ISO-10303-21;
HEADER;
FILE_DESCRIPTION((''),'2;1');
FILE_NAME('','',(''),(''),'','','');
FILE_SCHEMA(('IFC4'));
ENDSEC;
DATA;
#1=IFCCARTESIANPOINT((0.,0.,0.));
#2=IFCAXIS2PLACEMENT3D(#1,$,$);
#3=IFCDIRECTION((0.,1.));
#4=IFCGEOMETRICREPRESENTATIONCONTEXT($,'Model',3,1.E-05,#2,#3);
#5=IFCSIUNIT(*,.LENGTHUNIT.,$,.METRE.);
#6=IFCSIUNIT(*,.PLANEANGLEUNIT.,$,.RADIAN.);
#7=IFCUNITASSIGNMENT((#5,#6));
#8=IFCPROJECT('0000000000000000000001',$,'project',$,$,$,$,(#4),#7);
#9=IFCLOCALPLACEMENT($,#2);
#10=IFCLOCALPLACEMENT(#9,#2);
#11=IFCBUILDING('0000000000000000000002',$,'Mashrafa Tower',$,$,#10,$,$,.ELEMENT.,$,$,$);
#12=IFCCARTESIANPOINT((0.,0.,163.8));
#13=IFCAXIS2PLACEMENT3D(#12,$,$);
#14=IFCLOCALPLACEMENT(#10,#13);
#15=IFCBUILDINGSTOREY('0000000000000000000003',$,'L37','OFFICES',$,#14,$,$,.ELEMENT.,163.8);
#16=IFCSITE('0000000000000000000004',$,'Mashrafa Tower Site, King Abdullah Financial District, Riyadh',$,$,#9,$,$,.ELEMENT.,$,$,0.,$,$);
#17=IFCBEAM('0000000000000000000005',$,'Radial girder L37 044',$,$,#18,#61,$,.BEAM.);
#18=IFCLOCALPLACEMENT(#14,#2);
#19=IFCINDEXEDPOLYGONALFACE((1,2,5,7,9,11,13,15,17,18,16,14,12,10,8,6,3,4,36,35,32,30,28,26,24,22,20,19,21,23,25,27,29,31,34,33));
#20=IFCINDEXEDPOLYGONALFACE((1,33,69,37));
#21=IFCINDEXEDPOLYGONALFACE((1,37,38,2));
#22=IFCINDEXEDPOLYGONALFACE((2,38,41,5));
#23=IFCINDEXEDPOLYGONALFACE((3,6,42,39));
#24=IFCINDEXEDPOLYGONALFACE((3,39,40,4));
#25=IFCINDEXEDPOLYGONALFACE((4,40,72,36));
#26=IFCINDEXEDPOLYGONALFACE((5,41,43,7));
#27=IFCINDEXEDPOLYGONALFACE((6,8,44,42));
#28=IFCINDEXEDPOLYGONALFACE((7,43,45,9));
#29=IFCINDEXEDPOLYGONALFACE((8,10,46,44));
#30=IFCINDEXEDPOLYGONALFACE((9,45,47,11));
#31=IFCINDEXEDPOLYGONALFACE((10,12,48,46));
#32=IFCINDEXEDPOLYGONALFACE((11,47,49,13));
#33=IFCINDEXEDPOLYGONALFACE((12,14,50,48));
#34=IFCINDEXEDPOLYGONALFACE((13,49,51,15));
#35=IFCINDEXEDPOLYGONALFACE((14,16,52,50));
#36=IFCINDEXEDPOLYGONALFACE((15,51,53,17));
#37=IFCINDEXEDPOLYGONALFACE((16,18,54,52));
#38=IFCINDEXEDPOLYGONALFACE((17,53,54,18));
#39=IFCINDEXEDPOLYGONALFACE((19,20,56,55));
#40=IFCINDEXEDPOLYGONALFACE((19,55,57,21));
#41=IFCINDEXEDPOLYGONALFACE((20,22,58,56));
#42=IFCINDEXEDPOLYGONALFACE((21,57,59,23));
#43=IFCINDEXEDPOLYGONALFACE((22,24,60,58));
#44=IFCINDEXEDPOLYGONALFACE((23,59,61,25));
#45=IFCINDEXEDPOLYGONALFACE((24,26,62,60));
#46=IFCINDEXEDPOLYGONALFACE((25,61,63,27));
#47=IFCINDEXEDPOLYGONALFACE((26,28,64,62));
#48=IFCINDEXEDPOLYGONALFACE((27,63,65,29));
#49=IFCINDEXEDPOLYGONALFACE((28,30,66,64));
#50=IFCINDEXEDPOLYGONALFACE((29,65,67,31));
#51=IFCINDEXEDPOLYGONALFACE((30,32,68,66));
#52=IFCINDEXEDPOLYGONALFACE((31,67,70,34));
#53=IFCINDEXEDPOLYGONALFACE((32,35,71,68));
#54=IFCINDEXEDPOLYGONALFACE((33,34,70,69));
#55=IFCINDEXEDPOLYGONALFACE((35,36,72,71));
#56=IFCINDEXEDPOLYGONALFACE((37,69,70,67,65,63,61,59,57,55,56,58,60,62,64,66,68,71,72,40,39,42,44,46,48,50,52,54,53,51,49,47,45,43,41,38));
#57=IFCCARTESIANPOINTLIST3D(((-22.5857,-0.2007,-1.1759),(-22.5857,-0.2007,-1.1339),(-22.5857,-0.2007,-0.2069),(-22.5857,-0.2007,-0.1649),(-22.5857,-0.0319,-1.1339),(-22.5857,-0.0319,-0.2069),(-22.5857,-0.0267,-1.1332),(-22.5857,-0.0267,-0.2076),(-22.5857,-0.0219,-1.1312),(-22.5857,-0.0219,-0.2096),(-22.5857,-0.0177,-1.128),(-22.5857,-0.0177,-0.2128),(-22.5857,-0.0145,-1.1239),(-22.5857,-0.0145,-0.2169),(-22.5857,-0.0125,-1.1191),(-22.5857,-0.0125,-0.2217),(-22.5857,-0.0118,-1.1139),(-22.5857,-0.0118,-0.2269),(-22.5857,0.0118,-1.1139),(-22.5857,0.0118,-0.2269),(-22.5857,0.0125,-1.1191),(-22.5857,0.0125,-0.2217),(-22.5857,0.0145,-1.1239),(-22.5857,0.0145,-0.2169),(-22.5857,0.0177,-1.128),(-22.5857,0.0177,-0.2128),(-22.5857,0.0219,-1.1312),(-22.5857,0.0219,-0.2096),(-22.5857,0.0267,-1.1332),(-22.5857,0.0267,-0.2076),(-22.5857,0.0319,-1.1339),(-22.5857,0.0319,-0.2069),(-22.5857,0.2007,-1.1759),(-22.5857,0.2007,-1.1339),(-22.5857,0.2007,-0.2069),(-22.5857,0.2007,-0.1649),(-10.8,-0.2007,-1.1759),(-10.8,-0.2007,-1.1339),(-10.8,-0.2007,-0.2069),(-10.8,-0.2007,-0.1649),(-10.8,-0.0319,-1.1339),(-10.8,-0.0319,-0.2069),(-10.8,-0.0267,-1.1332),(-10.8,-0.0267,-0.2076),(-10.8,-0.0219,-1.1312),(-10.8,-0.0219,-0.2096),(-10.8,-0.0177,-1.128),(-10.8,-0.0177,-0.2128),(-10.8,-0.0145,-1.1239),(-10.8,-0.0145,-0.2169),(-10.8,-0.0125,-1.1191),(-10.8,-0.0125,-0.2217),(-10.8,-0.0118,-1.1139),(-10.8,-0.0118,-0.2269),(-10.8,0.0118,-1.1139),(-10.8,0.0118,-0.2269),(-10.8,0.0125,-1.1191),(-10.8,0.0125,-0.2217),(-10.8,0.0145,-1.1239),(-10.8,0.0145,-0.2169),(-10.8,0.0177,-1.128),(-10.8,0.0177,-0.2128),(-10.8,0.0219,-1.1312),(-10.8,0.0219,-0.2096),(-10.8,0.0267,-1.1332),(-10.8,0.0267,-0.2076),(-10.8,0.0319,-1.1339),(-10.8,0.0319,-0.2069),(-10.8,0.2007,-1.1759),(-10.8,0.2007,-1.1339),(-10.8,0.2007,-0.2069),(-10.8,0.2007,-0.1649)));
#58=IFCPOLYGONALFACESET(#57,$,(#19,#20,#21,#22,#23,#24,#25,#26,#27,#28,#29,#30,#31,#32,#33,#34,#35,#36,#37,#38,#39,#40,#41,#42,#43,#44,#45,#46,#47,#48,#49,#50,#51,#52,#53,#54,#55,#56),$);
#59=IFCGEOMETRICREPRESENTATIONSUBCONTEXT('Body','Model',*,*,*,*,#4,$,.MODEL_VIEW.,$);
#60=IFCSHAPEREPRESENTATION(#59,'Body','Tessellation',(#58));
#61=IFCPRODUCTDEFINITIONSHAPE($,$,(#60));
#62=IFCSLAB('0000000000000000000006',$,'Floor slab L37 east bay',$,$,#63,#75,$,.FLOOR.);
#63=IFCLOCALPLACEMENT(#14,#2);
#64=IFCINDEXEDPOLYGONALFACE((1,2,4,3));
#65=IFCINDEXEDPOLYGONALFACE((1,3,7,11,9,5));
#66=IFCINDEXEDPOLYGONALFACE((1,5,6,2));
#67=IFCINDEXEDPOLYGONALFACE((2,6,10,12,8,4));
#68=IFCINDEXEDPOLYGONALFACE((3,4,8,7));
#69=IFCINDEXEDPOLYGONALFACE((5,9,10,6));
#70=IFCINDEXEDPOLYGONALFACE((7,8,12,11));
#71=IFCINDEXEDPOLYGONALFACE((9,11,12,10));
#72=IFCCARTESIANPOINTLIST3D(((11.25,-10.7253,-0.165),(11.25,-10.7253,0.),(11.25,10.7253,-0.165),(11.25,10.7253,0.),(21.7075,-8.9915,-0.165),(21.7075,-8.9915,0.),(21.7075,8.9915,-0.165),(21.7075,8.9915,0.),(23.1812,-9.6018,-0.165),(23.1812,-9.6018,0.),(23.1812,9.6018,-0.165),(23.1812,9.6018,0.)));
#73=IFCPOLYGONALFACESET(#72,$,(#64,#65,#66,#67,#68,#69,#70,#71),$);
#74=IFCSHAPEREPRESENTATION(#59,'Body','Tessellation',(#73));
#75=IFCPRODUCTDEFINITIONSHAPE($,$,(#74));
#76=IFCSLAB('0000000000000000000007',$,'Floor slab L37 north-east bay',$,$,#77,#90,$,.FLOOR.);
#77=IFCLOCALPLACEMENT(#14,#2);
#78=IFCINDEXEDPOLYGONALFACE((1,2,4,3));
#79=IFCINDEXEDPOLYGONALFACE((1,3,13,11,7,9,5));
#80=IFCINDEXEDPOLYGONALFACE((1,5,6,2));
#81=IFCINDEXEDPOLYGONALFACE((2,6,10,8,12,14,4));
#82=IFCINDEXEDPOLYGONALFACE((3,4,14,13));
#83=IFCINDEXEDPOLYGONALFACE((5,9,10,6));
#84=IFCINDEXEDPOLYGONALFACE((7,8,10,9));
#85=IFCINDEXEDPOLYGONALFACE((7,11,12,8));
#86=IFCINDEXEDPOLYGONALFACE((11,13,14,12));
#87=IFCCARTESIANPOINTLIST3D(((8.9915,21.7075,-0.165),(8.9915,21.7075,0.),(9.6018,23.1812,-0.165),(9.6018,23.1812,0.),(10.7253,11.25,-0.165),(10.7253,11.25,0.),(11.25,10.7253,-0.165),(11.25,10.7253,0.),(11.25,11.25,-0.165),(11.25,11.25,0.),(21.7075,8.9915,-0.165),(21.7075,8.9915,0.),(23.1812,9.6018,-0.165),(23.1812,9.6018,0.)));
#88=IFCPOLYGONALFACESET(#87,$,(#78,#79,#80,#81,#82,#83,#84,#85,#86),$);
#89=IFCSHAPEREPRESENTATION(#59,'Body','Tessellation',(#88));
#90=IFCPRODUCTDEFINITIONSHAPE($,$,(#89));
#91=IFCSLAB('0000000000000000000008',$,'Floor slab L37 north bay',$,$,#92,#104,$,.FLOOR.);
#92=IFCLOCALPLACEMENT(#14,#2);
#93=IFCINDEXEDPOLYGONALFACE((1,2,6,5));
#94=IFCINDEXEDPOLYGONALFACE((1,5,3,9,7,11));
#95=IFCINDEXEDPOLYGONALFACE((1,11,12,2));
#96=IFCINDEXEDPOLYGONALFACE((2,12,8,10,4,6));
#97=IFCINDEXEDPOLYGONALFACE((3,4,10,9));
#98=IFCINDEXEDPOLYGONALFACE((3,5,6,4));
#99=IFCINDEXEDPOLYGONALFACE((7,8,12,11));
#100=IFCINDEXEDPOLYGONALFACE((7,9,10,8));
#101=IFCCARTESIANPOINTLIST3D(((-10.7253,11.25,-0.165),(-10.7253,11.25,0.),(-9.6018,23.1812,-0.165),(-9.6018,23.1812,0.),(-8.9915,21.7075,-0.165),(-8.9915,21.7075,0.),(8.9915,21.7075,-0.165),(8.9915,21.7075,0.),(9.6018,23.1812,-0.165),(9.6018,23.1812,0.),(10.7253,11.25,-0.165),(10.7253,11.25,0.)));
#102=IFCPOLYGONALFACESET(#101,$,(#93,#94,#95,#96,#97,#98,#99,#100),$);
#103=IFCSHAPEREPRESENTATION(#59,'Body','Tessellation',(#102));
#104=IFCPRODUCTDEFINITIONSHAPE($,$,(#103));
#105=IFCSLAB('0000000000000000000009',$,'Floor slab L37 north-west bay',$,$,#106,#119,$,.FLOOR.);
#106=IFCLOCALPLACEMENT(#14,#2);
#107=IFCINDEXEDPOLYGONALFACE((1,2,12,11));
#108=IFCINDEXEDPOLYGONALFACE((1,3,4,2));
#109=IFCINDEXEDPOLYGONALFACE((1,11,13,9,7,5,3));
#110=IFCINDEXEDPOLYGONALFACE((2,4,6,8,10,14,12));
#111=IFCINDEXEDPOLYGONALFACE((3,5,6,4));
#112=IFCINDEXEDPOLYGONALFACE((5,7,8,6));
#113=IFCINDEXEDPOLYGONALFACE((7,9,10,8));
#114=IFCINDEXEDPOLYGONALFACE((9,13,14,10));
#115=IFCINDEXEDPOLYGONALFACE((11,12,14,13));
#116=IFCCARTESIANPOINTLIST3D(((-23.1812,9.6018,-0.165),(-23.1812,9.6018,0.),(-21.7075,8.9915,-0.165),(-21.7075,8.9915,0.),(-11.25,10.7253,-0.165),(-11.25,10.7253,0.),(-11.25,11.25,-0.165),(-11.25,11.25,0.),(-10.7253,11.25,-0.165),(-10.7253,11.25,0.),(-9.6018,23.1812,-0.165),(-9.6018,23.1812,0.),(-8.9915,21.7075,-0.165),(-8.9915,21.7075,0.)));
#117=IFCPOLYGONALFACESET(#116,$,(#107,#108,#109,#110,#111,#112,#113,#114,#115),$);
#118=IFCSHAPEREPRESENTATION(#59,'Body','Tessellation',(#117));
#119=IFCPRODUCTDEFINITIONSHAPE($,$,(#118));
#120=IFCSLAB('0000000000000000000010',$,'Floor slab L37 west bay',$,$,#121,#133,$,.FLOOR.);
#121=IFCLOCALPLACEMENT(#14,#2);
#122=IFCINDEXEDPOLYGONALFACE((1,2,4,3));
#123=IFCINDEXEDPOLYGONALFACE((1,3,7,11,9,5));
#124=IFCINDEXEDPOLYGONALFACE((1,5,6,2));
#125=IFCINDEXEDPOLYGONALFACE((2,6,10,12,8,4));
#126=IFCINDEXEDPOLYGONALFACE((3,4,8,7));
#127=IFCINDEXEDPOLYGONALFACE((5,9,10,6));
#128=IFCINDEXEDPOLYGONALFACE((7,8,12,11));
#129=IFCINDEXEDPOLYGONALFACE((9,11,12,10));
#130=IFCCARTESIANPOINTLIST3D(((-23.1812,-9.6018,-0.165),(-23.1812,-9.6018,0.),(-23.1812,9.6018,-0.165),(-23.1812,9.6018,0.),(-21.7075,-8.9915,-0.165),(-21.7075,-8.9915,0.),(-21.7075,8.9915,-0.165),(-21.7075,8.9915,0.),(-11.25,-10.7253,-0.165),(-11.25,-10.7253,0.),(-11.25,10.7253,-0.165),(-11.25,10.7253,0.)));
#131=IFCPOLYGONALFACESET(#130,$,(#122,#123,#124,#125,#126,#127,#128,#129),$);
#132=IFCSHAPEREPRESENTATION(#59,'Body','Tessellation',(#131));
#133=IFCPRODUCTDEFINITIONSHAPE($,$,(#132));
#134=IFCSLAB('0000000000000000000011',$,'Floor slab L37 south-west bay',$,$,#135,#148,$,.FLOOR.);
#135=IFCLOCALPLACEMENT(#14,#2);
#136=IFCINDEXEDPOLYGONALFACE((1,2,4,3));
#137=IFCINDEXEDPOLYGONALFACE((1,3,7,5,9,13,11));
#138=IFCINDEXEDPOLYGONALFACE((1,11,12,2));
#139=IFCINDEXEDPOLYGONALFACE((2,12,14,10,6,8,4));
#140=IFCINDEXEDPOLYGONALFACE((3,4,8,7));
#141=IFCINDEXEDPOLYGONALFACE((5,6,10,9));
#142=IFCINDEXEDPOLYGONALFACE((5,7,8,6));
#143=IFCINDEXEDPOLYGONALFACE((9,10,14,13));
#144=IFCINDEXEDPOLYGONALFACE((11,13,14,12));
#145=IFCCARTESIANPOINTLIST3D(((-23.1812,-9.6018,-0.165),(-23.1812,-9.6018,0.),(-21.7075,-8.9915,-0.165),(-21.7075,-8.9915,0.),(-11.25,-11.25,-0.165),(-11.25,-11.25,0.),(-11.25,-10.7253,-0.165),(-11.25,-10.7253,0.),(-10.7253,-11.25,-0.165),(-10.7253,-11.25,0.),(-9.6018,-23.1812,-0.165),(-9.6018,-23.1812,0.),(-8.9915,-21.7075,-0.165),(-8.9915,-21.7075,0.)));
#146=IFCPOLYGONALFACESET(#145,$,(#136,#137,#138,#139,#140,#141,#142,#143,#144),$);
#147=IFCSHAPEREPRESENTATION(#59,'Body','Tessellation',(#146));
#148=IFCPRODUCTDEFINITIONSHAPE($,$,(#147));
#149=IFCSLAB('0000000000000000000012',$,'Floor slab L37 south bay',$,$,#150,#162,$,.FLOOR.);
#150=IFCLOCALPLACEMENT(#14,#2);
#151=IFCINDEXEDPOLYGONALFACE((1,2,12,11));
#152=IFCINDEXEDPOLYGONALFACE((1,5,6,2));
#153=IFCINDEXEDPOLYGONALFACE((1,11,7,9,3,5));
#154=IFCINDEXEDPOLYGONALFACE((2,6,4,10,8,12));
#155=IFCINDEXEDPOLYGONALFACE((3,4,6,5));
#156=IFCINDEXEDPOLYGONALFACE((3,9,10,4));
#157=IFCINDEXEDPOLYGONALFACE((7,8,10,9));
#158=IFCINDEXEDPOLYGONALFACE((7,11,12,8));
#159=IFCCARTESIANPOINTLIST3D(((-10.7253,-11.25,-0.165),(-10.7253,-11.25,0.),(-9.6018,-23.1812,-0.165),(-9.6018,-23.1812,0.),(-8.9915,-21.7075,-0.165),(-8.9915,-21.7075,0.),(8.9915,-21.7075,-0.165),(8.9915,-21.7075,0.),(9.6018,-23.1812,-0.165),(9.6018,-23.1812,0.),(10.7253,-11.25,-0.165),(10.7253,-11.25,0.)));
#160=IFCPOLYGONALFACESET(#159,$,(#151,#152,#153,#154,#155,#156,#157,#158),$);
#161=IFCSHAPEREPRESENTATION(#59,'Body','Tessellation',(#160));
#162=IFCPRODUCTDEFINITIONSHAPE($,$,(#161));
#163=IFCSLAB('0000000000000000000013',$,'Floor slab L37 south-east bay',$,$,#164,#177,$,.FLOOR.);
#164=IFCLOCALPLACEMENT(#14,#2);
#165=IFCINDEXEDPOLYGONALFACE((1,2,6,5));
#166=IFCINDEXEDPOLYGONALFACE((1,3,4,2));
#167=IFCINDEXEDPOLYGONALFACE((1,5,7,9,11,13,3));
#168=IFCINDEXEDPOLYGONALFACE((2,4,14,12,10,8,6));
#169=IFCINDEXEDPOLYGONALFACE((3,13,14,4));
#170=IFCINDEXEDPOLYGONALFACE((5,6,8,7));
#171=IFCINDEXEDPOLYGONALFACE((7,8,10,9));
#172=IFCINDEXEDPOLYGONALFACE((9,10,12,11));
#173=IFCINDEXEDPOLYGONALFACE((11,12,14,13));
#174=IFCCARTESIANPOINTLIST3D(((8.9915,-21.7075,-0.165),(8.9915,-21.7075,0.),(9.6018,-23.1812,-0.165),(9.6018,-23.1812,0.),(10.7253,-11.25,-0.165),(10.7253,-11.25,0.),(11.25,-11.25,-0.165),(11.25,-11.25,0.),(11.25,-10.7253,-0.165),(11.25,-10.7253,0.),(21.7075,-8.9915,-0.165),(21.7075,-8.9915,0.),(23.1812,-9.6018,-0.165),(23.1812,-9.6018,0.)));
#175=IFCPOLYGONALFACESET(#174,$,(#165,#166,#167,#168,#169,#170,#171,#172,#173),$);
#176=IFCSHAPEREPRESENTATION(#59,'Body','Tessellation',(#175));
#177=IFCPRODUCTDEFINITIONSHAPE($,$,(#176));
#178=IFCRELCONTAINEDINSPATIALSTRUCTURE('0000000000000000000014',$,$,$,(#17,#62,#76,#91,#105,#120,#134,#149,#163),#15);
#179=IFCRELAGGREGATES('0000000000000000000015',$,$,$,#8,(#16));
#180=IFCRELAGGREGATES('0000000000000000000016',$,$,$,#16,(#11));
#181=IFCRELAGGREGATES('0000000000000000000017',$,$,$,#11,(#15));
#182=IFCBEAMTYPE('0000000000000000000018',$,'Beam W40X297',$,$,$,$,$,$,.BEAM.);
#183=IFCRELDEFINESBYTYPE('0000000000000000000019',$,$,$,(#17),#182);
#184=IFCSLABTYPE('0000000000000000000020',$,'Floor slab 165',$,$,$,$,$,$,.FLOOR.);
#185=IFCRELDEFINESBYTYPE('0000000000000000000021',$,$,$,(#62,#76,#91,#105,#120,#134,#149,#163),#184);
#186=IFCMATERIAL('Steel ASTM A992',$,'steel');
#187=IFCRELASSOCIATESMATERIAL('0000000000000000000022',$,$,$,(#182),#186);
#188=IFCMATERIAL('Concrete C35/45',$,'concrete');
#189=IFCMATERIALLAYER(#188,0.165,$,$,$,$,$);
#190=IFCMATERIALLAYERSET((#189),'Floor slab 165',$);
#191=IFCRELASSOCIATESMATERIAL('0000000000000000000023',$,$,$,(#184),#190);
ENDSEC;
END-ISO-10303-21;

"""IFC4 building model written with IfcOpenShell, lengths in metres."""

from ifc_helpers import new_model, si_unit, direction, frame, origin, origin_2d, place, context, subcontext, project, spatial, polyline, i_section, outline, extrude, material, layer, layer_set, material_profile, profile_set, type_object, element, save


model = new_model("IFC4")

# Units and contexts
model_context = context("Model", 3, precision=1e-05, world=origin(), true_north=direction((0.0, 1.0)))
body_context = subcontext(model_context, "Body", "Model", "MODEL_VIEW")
ifc_project = project(units=[si_unit("LENGTHUNIT", "METRE"), si_unit("PLANEANGLEUNIT", "RADIAN")], contexts=[model_context])

# Site, building, storey
site_placement = place(None, origin())
site = spatial("IfcSite", under=ifc_project, at=site_placement, Name="Mashrafa Tower Site, King Abdullah Financial District, Riyadh", CompositionType="ELEMENT", RefElevation=0.0)
building_placement = place(site_placement, origin())
building = spatial("IfcBuilding", under=site, at=building_placement, Name="Mashrafa Tower", CompositionType="ELEMENT")
storey_placement = place(building_placement, frame((0.0, 0.0, 163.8)))
storey = spatial("IfcBuildingStorey", under=building, at=storey_placement, Name="L37", Description="OFFICES", CompositionType="ELEMENT", Elevation=163.8)

# Beam
ifc_material_1 = material(Name="Steel ASTM A992", Category="steel")
ifc_material_profile = material_profile(ifc_material_1, i_section(OverallWidth=0.4014, OverallDepth=1.011, WebThickness=0.0237, FlangeThickness=0.042, FilletRadius=0.02, at=origin_2d()), Name="W40X297")
ifc_profile_set = profile_set([ifc_material_profile], Name="Steel ASTM A992")
beam_type = type_object("IfcBeamType", Name="Beam W40X297", PredefinedType="BEAM", material=ifc_profile_set)
beam_placement = place(storey_placement, frame((-10.8, 0.0, -0.6704), z_axis=(-1.0, 0.0, 0.0), x_axis=(0.0, -1.0, 0.0)))
element("IfcBeam", 1, at=beam_placement, inside=storey, type_object=beam_type, Name="Radial girder L37 044", PredefinedType="BEAM", context=body_context, shape_type="SweptSolid", body=[
    extrude(i_section(OverallWidth=0.4014, OverallDepth=1.011, WebThickness=0.0237, FlangeThickness=0.042, FilletRadius=0.02, at=origin_2d()), origin(), (0.0, 0.0, 1.0), 11.7856),
])

# Slabs
ifc_material_2 = material(Name="Concrete C35/45", Category="concrete")
ifc_layer_1 = layer(ifc_material_2, 0.165)
ifc_layer_set_1 = layer_set([ifc_layer_1], Name="Floor slab 165")
slab_type = type_object("IfcSlabType", Name="Floor slab 165", PredefinedType="FLOOR", material=ifc_layer_set_1)
slab_1_placement = place(storey_placement, frame((0.0, 0.0, -0.165)))
element("IfcSlab", 2, at=slab_1_placement, inside=storey, type_object=slab_type, Name="Floor slab L37 east bay", PredefinedType="FLOOR", context=body_context, shape_type="SweptSolid", body=[
    extrude(outline(polyline([(23.1812, -9.6018), (21.7075, -8.9915), (11.25, -10.7253), (11.25, 10.7253), (21.7075, 8.9915), (23.1812, 9.6018), (23.1812, -9.6018)])), origin(), (0.0, 0.0, 1.0), 0.165),
])
slab_2_placement = place(storey_placement, frame((0.0, 0.0, -0.165)))
element("IfcSlab", 3, at=slab_2_placement, inside=storey, type_object=slab_type, Name="Floor slab L37 north-east bay", PredefinedType="FLOOR", context=body_context, shape_type="SweptSolid", body=[
    extrude(outline(polyline([(9.6018, 23.1812), (23.1812, 9.6018), (23.1812, 9.6018), (21.7075, 8.9915), (11.25, 10.7253), (11.25, 11.25), (10.7253, 11.25), (8.9915, 21.7075), (9.6018, 23.1812), (9.6018, 23.1812)])), origin(), (0.0, 0.0, 1.0), 0.165),
])
slab_3_placement = place(storey_placement, frame((0.0, 0.0, -0.165)))
element("IfcSlab", 4, at=slab_3_placement, inside=storey, type_object=slab_type, Name="Floor slab L37 north bay", PredefinedType="FLOOR", context=body_context, shape_type="SweptSolid", body=[
    extrude(outline(polyline([(9.6018, 23.1812), (8.9915, 21.7075), (10.7253, 11.25), (-10.7253, 11.25), (-8.9915, 21.7075), (-9.6018, 23.1812), (9.6018, 23.1812)])), origin(), (0.0, 0.0, 1.0), 0.165),
])
slab_4_placement = place(storey_placement, frame((0.0, 0.0, -0.165)))
element("IfcSlab", 5, at=slab_4_placement, inside=storey, type_object=slab_type, Name="Floor slab L37 north-west bay", PredefinedType="FLOOR", context=body_context, shape_type="SweptSolid", body=[
    extrude(outline(polyline([(-23.1812, 9.6018), (-9.6018, 23.1812), (-9.6018, 23.1812), (-8.9915, 21.7075), (-10.7253, 11.25), (-11.25, 11.25), (-11.25, 10.7253), (-21.7075, 8.9915), (-23.1812, 9.6018), (-23.1812, 9.6018)])), origin(), (0.0, 0.0, 1.0), 0.165),
])
slab_5_placement = place(storey_placement, frame((0.0, 0.0, -0.165)))
element("IfcSlab", 6, at=slab_5_placement, inside=storey, type_object=slab_type, Name="Floor slab L37 west bay", PredefinedType="FLOOR", context=body_context, shape_type="SweptSolid", body=[
    extrude(outline(polyline([(-23.1812, 9.6018), (-21.7075, 8.9915), (-11.25, 10.7253), (-11.25, -10.7253), (-21.7075, -8.9915), (-23.1812, -9.6018), (-23.1812, 9.6018)])), origin(), (0.0, 0.0, 1.0), 0.165),
])
slab_6_placement = place(storey_placement, frame((0.0, 0.0, -0.165)))
element("IfcSlab", 7, at=slab_6_placement, inside=storey, type_object=slab_type, Name="Floor slab L37 south-west bay", PredefinedType="FLOOR", context=body_context, shape_type="SweptSolid", body=[
    extrude(outline(polyline([(-9.6018, -23.1812), (-23.1812, -9.6018), (-23.1812, -9.6018), (-21.7075, -8.9915), (-11.25, -10.7253), (-11.25, -11.25), (-10.7253, -11.25), (-8.9915, -21.7075), (-9.6018, -23.1812), (-9.6018, -23.1812)])), origin(), (0.0, 0.0, 1.0), 0.165),
])
slab_7_placement = place(storey_placement, frame((0.0, 0.0, -0.165)))
element("IfcSlab", 8, at=slab_7_placement, inside=storey, type_object=slab_type, Name="Floor slab L37 south bay", PredefinedType="FLOOR", context=body_context, shape_type="SweptSolid", body=[
    extrude(outline(polyline([(-9.6018, -23.1812), (-8.9915, -21.7075), (-10.7253, -11.25), (10.7253, -11.25), (8.9915, -21.7075), (9.6018, -23.1812), (-9.6018, -23.1812)])), origin(), (0.0, 0.0, 1.0), 0.165),
])
slab_8_placement = place(storey_placement, frame((0.0, 0.0, -0.165)))
element("IfcSlab", 9, at=slab_8_placement, inside=storey, type_object=slab_type, Name="Floor slab L37 south-east bay", PredefinedType="FLOOR", context=body_context, shape_type="SweptSolid", body=[
    extrude(outline(polyline([(9.6018, -23.1812), (8.9915, -21.7075), (10.7253, -11.25), (11.25, -11.25), (11.25, -10.7253), (21.7075, -8.9915), (23.1812, -9.6018), (23.1812, -9.6018), (9.6018, -23.1812), (9.6018, -23.1812)])), origin(), (0.0, 0.0, 1.0), 0.165),
])

save(model, "model.ifc")
